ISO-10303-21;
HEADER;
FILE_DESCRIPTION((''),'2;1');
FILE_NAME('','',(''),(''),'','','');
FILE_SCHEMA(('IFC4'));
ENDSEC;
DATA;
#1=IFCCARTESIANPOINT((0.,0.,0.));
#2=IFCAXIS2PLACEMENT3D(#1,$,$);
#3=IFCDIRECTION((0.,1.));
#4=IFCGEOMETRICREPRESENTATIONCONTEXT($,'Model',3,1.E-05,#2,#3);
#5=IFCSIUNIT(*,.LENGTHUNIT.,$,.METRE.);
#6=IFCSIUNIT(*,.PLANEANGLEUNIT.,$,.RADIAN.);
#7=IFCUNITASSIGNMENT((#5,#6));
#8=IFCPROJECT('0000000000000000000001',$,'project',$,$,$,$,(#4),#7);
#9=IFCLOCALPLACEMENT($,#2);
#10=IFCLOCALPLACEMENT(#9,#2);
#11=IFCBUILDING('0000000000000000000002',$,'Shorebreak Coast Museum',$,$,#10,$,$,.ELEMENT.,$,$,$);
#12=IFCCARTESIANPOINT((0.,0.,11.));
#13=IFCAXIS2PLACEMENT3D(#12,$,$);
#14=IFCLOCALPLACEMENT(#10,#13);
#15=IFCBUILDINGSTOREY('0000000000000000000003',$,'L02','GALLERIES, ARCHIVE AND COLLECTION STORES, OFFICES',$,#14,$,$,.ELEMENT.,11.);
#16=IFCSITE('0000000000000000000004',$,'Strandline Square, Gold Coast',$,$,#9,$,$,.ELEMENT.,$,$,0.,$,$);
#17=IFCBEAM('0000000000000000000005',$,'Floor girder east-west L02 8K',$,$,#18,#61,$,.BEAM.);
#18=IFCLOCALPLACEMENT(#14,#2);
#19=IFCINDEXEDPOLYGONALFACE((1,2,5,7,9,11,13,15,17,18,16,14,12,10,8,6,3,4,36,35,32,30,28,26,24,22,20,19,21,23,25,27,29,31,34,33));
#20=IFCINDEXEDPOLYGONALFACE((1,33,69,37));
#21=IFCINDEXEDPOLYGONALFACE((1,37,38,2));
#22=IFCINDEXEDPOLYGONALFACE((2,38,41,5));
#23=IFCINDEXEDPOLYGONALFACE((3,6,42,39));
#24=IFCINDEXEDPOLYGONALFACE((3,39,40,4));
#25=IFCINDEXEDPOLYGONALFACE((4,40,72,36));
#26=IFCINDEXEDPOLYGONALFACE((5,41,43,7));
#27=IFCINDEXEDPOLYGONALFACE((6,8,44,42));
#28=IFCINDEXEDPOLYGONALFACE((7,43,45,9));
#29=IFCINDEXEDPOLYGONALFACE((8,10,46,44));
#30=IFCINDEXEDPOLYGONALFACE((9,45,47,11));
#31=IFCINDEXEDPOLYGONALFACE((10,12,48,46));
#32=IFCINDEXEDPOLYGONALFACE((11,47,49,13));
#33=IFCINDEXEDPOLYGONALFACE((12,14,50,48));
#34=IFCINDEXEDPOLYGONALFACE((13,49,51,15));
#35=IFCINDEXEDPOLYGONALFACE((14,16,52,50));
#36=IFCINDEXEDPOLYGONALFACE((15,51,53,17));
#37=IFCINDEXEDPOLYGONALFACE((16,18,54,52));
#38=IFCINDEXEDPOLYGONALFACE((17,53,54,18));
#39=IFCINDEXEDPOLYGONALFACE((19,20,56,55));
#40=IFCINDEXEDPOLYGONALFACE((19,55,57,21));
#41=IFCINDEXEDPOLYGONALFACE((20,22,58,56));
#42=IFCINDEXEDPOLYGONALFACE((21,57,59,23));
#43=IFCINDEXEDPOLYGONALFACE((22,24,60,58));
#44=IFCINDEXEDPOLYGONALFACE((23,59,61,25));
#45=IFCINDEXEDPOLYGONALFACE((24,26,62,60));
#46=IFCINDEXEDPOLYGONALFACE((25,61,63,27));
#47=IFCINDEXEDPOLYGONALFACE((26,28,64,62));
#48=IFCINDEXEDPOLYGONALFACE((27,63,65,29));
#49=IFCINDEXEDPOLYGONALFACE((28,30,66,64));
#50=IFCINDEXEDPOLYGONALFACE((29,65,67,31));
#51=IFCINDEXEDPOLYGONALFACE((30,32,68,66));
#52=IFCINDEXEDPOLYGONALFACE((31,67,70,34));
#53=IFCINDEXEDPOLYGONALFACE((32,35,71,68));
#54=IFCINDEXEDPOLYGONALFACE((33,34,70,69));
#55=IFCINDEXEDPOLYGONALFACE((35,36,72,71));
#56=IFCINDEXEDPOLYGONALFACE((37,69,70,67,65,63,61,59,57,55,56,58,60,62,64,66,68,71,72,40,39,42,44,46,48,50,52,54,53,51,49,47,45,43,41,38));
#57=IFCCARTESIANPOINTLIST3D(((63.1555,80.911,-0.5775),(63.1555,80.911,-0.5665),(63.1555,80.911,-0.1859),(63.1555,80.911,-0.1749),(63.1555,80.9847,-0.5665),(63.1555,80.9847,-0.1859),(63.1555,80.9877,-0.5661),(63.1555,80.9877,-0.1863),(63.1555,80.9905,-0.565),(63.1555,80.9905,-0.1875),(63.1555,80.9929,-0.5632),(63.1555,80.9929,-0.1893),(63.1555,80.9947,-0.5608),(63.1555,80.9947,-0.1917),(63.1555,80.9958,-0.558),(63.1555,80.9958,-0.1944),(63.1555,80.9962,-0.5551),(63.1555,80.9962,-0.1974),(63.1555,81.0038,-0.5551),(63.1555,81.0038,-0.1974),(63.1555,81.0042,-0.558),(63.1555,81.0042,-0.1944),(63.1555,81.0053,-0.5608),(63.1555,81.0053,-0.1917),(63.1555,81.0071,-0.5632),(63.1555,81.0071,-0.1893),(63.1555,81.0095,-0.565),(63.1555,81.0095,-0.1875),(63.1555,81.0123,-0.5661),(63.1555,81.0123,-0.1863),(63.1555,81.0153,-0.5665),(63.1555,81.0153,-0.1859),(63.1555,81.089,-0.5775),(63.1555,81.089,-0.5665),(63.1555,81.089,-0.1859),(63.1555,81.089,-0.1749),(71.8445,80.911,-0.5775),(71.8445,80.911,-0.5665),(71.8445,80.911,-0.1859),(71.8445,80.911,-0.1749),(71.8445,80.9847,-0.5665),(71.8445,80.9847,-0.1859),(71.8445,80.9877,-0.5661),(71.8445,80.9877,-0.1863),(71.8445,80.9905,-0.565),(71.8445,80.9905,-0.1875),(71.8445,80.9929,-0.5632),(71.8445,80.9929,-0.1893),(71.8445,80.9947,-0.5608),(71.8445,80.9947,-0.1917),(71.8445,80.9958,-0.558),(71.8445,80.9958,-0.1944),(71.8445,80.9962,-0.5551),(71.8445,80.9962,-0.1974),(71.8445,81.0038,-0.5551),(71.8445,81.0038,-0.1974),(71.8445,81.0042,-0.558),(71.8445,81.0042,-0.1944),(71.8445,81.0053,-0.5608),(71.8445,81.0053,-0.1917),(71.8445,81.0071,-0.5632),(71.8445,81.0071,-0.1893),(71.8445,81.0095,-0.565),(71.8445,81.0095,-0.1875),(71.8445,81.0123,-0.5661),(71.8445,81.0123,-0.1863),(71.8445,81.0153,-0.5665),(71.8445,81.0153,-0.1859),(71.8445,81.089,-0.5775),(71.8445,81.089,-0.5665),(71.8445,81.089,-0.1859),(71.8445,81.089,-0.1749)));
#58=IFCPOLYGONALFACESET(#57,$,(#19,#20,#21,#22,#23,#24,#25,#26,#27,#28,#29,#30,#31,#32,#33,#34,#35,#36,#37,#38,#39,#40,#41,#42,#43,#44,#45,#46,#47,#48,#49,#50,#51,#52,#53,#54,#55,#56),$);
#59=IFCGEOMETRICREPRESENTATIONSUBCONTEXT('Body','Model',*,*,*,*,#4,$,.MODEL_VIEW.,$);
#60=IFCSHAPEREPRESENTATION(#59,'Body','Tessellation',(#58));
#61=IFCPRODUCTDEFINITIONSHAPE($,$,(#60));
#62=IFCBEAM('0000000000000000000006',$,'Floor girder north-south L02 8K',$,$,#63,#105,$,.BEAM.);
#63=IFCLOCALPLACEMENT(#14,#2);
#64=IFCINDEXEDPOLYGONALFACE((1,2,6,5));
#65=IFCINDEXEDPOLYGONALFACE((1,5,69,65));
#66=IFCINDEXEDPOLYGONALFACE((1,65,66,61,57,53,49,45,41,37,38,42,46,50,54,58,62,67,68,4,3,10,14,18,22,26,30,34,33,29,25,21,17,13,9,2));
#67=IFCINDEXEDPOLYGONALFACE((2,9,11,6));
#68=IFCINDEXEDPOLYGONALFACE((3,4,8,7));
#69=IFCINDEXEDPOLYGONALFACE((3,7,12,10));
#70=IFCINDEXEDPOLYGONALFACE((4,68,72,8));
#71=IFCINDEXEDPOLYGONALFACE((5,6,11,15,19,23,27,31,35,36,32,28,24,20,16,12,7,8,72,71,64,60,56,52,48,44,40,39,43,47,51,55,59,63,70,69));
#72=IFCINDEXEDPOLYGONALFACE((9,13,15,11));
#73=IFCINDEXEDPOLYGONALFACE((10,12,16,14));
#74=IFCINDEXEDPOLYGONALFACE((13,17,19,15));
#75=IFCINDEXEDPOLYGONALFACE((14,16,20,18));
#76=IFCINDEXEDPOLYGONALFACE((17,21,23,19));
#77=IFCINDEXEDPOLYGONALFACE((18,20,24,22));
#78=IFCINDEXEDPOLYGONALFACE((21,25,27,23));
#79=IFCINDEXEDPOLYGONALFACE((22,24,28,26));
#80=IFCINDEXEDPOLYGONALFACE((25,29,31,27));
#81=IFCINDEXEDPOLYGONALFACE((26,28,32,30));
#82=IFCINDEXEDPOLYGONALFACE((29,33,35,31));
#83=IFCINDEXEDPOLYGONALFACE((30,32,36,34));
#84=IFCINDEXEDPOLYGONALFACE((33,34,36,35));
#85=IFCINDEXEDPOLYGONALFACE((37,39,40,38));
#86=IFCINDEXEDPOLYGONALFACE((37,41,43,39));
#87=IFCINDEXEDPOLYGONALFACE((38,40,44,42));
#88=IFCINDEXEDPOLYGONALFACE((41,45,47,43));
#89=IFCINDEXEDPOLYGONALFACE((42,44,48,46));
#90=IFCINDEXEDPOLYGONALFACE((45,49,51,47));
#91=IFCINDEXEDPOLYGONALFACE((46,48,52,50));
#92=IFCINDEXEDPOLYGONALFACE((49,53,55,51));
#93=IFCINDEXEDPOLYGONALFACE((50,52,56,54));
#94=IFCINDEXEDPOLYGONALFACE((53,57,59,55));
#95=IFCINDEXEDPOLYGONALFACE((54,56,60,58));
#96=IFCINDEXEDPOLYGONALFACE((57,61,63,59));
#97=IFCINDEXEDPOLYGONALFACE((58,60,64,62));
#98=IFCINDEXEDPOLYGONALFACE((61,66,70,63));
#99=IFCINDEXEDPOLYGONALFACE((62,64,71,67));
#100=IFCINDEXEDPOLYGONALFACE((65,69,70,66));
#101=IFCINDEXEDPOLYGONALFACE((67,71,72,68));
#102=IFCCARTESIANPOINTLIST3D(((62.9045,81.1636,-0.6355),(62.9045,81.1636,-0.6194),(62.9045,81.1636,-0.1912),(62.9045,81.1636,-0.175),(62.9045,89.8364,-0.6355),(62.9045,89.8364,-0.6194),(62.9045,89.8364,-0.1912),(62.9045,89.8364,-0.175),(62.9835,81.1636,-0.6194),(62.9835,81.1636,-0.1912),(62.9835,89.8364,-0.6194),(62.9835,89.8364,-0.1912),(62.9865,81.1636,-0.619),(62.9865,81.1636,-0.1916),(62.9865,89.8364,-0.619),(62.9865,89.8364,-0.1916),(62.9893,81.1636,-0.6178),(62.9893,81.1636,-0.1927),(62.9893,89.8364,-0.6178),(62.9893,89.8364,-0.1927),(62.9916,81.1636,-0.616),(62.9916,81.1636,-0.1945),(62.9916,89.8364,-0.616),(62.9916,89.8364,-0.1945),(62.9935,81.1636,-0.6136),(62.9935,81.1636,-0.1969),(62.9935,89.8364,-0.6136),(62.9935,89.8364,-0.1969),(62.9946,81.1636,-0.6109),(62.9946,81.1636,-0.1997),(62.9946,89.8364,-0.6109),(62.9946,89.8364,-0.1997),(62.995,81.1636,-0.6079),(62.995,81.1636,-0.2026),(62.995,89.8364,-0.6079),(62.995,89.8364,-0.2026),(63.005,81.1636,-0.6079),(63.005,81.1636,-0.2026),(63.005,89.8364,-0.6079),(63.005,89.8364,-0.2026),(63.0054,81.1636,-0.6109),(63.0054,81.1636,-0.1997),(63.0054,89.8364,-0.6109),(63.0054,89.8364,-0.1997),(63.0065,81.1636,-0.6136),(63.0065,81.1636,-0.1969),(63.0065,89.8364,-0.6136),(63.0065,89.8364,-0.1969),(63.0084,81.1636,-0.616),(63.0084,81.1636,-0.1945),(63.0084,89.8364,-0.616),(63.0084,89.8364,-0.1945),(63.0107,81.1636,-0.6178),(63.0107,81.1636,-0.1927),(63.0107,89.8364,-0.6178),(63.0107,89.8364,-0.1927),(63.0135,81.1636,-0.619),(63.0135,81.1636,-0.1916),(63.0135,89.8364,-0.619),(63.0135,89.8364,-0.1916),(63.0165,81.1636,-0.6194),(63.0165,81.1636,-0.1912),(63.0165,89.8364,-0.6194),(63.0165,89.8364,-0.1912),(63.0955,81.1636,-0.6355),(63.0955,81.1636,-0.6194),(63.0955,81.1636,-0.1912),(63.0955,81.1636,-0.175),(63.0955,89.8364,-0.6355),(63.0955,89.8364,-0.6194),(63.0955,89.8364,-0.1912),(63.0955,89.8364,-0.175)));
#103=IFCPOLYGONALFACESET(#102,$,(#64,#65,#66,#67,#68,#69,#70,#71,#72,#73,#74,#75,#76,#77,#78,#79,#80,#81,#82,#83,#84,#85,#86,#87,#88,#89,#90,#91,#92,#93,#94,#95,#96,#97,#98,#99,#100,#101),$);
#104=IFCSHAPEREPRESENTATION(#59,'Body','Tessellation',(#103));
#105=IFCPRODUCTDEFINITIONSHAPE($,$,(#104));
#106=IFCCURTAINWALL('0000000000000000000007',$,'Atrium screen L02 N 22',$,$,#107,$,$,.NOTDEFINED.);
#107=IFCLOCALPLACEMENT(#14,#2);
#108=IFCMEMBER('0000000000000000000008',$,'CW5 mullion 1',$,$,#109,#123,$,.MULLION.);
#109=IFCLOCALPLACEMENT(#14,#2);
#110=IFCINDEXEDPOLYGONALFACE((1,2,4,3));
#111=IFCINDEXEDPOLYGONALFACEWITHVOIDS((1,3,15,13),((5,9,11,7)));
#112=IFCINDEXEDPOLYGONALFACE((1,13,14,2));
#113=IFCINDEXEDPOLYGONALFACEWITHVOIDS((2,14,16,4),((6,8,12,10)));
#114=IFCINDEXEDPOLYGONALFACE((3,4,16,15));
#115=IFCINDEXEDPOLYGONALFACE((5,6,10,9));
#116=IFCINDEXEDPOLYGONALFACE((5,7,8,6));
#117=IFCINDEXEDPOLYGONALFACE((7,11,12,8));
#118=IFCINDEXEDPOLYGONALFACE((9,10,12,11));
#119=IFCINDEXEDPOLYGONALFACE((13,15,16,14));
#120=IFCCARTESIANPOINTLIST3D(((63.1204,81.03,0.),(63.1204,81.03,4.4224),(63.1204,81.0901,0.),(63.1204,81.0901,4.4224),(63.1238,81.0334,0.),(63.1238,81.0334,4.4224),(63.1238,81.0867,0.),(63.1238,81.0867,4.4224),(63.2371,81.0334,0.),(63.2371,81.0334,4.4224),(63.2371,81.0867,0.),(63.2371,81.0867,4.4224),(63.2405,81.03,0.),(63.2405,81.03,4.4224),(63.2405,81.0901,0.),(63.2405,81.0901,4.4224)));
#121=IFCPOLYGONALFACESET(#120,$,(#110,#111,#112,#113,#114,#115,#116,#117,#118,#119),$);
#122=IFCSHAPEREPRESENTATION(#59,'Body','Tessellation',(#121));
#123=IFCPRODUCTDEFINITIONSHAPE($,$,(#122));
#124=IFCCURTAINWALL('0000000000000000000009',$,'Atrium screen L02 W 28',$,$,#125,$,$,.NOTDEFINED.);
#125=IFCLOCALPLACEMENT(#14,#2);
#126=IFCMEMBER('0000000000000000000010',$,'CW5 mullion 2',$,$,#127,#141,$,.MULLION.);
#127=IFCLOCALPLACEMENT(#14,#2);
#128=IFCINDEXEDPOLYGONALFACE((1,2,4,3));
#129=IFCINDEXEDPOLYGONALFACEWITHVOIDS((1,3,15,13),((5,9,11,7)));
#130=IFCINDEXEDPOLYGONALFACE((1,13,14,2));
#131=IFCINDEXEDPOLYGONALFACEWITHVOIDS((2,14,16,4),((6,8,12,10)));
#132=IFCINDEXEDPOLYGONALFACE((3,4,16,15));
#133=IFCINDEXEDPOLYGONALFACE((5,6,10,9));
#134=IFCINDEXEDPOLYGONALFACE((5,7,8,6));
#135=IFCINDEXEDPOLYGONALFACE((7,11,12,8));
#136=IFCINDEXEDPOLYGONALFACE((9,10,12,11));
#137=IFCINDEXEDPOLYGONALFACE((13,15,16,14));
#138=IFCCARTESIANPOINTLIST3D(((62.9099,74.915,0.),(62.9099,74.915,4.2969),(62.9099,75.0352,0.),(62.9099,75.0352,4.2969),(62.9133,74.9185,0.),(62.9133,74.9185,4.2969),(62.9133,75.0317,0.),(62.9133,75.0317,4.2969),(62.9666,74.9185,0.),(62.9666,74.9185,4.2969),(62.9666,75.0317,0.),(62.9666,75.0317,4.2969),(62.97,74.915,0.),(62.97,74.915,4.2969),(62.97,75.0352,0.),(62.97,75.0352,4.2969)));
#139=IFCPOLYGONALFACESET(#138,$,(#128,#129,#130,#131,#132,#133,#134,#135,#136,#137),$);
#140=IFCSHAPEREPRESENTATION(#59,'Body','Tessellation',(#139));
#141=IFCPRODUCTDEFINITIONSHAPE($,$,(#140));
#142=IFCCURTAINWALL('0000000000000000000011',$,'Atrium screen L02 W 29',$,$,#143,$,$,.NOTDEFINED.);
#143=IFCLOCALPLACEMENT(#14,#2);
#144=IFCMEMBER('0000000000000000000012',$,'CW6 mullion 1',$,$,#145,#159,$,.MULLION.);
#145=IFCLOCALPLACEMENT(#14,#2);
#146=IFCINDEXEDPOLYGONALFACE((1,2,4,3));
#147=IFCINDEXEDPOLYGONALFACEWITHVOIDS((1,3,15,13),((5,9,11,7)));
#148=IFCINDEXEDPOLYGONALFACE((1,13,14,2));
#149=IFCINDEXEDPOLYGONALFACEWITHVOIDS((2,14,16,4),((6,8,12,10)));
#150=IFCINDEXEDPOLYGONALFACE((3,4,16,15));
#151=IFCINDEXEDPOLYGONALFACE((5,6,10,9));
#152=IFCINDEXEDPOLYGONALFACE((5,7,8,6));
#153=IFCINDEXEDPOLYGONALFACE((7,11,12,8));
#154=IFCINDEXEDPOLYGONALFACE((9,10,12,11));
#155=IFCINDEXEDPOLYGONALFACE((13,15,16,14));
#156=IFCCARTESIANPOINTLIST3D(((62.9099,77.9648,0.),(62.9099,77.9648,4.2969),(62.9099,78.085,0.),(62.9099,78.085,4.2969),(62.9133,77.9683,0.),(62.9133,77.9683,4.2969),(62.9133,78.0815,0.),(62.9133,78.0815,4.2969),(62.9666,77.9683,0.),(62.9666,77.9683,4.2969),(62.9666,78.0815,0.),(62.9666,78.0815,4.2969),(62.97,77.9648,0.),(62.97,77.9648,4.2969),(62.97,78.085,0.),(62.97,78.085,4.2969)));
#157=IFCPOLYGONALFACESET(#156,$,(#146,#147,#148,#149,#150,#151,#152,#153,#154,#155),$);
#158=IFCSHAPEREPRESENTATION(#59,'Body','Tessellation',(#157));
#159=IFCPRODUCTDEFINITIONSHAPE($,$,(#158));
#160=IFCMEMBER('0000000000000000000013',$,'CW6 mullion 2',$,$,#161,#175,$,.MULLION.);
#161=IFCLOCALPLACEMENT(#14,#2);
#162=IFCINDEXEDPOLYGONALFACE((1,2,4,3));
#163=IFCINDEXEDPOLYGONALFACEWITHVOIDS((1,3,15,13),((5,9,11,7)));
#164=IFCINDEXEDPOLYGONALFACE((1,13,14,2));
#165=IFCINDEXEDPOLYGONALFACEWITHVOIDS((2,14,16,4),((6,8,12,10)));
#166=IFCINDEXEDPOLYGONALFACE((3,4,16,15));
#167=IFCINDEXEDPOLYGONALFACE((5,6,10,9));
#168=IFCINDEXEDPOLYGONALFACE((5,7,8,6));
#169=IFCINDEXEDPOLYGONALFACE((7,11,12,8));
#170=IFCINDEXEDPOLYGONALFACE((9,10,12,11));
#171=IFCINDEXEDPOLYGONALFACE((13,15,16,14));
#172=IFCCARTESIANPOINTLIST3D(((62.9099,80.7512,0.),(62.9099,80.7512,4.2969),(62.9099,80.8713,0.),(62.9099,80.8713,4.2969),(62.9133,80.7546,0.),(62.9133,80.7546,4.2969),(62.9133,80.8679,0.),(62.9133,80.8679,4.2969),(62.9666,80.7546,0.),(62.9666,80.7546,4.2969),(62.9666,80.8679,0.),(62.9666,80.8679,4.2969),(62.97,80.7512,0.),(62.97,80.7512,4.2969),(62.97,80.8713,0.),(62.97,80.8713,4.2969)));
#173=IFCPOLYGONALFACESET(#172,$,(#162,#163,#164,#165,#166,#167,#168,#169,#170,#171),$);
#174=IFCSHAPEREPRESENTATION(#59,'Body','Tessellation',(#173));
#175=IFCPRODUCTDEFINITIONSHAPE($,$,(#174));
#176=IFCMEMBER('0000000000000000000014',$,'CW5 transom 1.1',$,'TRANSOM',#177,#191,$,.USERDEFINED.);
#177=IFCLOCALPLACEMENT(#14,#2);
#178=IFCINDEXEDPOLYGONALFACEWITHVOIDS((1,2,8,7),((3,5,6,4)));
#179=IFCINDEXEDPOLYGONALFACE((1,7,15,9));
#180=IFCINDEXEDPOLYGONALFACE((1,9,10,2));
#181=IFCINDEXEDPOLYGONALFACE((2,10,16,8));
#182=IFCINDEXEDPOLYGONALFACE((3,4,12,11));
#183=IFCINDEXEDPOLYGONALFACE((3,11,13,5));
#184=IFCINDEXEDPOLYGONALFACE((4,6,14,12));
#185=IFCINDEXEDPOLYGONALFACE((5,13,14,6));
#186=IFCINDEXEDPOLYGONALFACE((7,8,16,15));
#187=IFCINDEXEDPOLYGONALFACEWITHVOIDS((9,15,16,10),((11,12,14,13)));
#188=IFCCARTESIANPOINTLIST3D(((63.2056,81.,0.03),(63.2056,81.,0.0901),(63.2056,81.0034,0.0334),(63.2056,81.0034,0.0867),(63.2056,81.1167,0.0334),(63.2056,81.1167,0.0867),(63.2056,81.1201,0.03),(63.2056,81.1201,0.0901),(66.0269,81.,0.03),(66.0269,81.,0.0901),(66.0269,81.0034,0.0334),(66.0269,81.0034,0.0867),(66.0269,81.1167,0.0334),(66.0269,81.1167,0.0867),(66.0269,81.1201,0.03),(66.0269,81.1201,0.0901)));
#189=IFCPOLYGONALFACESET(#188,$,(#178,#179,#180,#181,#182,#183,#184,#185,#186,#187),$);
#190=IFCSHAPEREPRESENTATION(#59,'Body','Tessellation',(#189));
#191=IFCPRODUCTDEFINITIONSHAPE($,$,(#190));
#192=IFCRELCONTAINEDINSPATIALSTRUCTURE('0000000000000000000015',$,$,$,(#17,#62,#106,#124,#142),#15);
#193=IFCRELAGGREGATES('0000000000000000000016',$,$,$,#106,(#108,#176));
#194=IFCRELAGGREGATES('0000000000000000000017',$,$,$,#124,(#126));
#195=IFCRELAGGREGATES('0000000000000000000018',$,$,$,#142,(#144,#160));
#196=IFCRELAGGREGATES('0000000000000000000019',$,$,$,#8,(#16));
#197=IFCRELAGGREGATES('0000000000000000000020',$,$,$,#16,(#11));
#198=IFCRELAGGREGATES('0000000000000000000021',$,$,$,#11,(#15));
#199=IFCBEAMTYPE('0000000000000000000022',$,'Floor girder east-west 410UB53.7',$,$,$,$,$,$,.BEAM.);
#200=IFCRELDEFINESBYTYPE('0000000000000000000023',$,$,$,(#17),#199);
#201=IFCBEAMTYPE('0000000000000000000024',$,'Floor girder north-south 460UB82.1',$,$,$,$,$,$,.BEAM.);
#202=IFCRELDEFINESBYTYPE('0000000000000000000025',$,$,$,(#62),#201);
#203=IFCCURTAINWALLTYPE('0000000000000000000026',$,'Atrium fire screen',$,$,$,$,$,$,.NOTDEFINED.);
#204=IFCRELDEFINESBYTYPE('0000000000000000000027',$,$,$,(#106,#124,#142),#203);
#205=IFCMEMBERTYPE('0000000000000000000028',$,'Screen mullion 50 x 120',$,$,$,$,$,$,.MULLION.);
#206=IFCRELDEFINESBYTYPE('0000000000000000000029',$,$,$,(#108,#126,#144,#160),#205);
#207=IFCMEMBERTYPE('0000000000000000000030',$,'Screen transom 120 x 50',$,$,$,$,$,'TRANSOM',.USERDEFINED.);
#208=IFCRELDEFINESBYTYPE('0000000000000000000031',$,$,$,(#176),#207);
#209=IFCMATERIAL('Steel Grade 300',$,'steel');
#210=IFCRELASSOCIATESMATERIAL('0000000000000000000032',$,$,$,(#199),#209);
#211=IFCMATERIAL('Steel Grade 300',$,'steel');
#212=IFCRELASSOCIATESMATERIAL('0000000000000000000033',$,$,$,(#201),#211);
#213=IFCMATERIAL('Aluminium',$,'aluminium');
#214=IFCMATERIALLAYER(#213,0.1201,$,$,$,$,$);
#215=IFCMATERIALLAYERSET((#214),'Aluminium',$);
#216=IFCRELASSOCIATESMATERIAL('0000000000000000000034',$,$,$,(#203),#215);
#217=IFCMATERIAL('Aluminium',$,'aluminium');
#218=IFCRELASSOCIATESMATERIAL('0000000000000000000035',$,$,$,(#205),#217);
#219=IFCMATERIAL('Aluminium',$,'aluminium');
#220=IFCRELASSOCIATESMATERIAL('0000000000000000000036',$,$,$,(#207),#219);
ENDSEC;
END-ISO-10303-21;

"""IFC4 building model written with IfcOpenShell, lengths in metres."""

from ifc_helpers import new_model, si_unit, direction, frame, origin, origin_2d, place, context, subcontext, project, spatial, hollow_rectangle, i_section, extrude, material, layer, layer_set, material_profile, profile_set, type_object, element, aggregate, save


model = new_model("IFC4")

# Units and contexts
model_context = context("Model", 3, precision=1e-05, world=origin(), true_north=direction((0.0, 1.0)))
body_context = subcontext(model_context, "Body", "Model", "MODEL_VIEW")
ifc_project = project(units=[si_unit("LENGTHUNIT", "METRE"), si_unit("PLANEANGLEUNIT", "RADIAN")], contexts=[model_context])

# Site, building, storey
site_placement = place(None, origin())
site = spatial("IfcSite", under=ifc_project, at=site_placement, Name="Strandline Square, Gold Coast", CompositionType="ELEMENT", RefElevation=0.0)
building_placement = place(site_placement, origin())
building = spatial("IfcBuilding", under=site, at=building_placement, Name="Shorebreak Coast Museum", CompositionType="ELEMENT")
storey_placement = place(building_placement, frame((0.0, 0.0, 11.0)))
storey = spatial("IfcBuildingStorey", under=building, at=storey_placement, Name="L02", Description="GALLERIES, ARCHIVE AND COLLECTION STORES, OFFICES", CompositionType="ELEMENT", Elevation=11.0)

# Beams
ifc_material_1 = material(Name="Steel Grade 300", Category="steel")
ifc_material_profile_1 = material_profile(ifc_material_1, i_section(OverallWidth=0.178, OverallDepth=0.4026, WebThickness=0.0076, FlangeThickness=0.011, FilletRadius=0.0115, at=origin_2d()), Name="410UB53.7")
ifc_profile_set_1 = profile_set([ifc_material_profile_1], Name="Steel Grade 300")
beam_type_1 = type_object("IfcBeamType", Name="Floor girder east-west 410UB53.7", PredefinedType="BEAM", material=ifc_profile_set_1)
beam_1_placement = place(storey_placement, frame((63.1555, 81.0, -0.3762), z_axis=(1.0, 0.0, 0.0), x_axis=(0.0, 1.0, 0.0)))
element("IfcBeam", 1, at=beam_1_placement, inside=storey, type_object=beam_type_1, Name="Floor girder east-west L02 8K", PredefinedType="BEAM", context=body_context, shape_type="SweptSolid", body=[
    extrude(i_section(OverallWidth=0.178, OverallDepth=0.4026, WebThickness=0.0076, FlangeThickness=0.011, FilletRadius=0.0115, at=origin_2d()), origin(), (0.0, 0.0, 1.0), 8.689),
])
ifc_material_2 = material(Name="Steel Grade 300", Category="steel")
ifc_material_profile_2 = material_profile(ifc_material_2, i_section(OverallWidth=0.1909, OverallDepth=0.4604, WebThickness=0.01, FlangeThickness=0.0161, FilletRadius=0.0115, at=origin_2d()), Name="460UB82.1")
ifc_profile_set_2 = profile_set([ifc_material_profile_2], Name="Steel Grade 300")
beam_type_2 = type_object("IfcBeamType", Name="Floor girder north-south 460UB82.1", PredefinedType="BEAM", material=ifc_profile_set_2)
beam_2_placement = place(storey_placement, frame((63.0, 81.1636, -0.4053), z_axis=(0.0, 1.0, 0.0), x_axis=(-1.0, 0.0, 0.0)))
element("IfcBeam", 2, at=beam_2_placement, inside=storey, type_object=beam_type_2, Name="Floor girder north-south L02 8K", PredefinedType="BEAM", context=body_context, shape_type="SweptSolid", body=[
    extrude(i_section(OverallWidth=0.1909, OverallDepth=0.4604, WebThickness=0.01, FlangeThickness=0.0161, FilletRadius=0.0115, at=origin_2d()), origin(), (0.0, 0.0, 1.0), 8.6729),
])

# Curtain walls, members
ifc_material_3 = material(Name="Aluminium", Category="aluminium")
ifc_layer_1 = layer(ifc_material_3, 0.1201)
ifc_layer_set_1 = layer_set([ifc_layer_1], Name="Aluminium")
curtain_wall_type = type_object("IfcCurtainWallType", Name="Atrium fire screen", PredefinedType="NOTDEFINED", material=ifc_layer_set_1)
curtain_wall_1_placement = place(storey_placement, origin())
curtain_wall_1 = element("IfcCurtainWall", 3, at=curtain_wall_1_placement, inside=storey, type_object=curtain_wall_type, Name="Atrium screen L02 N 22", PredefinedType="NOTDEFINED")
ifc_material_4 = material(Name="Aluminium", Category="aluminium")
ifc_material_profile_3 = material_profile(ifc_material_4, hollow_rectangle(XDim=0.0601, YDim=0.1201, WallThickness=0.0034, at=origin_2d()), Name="AL 120x60 RHS")
ifc_profile_set_3 = profile_set([ifc_material_profile_3], Name="Aluminium")
member_type_1 = type_object("IfcMemberType", Name="Screen mullion 50 x 120", PredefinedType="MULLION", material=ifc_profile_set_3)
member_1_placement = place(storey_placement, frame((63.1804, 81.0601, 0.0), z_axis=(0.0, 0.0, 1.0), x_axis=(0.0, 1.0, 0.0)))
member_1 = element("IfcMember", 4, at=member_1_placement, type_object=member_type_1, Name="CW5 mullion 1", PredefinedType="MULLION", context=body_context, shape_type="SweptSolid", body=[
    extrude(hollow_rectangle(XDim=0.0601, YDim=0.1201, WallThickness=0.0034, at=origin_2d()), origin(), (0.0, 0.0, 1.0), 4.4224),
])
curtain_wall_2_placement = place(storey_placement, origin())
curtain_wall_2 = element("IfcCurtainWall", 5, at=curtain_wall_2_placement, inside=storey, type_object=curtain_wall_type, Name="Atrium screen L02 W 28", PredefinedType="NOTDEFINED")
member_2_placement = place(storey_placement, frame((62.9399, 74.9751, 0.0), z_axis=(0.0, 0.0, 1.0), x_axis=(-1.0, 0.0, 0.0)))
member_2 = element("IfcMember", 6, at=member_2_placement, type_object=member_type_1, Name="CW5 mullion 2", PredefinedType="MULLION", context=body_context, shape_type="SweptSolid", body=[
    extrude(hollow_rectangle(XDim=0.0601, YDim=0.1201, WallThickness=0.0034, at=origin_2d()), origin(), (0.0, 0.0, 1.0), 4.2969),
])

# Curtain wall, members
curtain_wall_3_placement = place(storey_placement, origin())
curtain_wall_3 = element("IfcCurtainWall", 7, at=curtain_wall_3_placement, inside=storey, type_object=curtain_wall_type, Name="Atrium screen L02 W 29", PredefinedType="NOTDEFINED")
member_3_placement = place(storey_placement, frame((62.9399, 78.0249, 0.0), z_axis=(0.0, 0.0, 1.0), x_axis=(-1.0, 0.0, 0.0)))
member_3 = element("IfcMember", 8, at=member_3_placement, type_object=member_type_1, Name="CW6 mullion 1", PredefinedType="MULLION", context=body_context, shape_type="SweptSolid", body=[
    extrude(hollow_rectangle(XDim=0.0601, YDim=0.1201, WallThickness=0.0034, at=origin_2d()), origin(), (0.0, 0.0, 1.0), 4.2969),
])
member_4_placement = place(storey_placement, frame((62.9399, 80.8113, 0.0), z_axis=(0.0, 0.0, 1.0), x_axis=(-1.0, 0.0, 0.0)))
member_4 = element("IfcMember", 9, at=member_4_placement, type_object=member_type_1, Name="CW6 mullion 2", PredefinedType="MULLION", context=body_context, shape_type="SweptSolid", body=[
    extrude(hollow_rectangle(XDim=0.0601, YDim=0.1201, WallThickness=0.0034, at=origin_2d()), origin(), (0.0, 0.0, 1.0), 4.2969),
])

# Member
ifc_material_5 = material(Name="Aluminium", Category="aluminium")
ifc_material_profile_4 = material_profile(ifc_material_5, hollow_rectangle(XDim=0.1201, YDim=0.0601, WallThickness=0.0034, at=origin_2d()), Name="AL 60x120 RHS")
ifc_profile_set_4 = profile_set([ifc_material_profile_4], Name="Aluminium")
member_type_2 = type_object("IfcMemberType", Name="Screen transom 120 x 50", ElementType="TRANSOM", PredefinedType="USERDEFINED", material=ifc_profile_set_4)
member_5_placement = place(storey_placement, frame((63.2056, 81.0601, 0.0601), z_axis=(1.0, 0.0, 0.0), x_axis=(0.0, 1.0, 0.0)))
member_5 = element("IfcMember", 10, at=member_5_placement, type_object=member_type_2, Name="CW5 transom 1.1", ObjectType="TRANSOM", PredefinedType="USERDEFINED", context=body_context, shape_type="SweptSolid", body=[
    extrude(hollow_rectangle(XDim=0.1201, YDim=0.0601, WallThickness=0.0034, at=origin_2d()), origin(), (0.0, 0.0, 1.0), 2.8213),
])

aggregate(curtain_wall_1, [member_1, member_5])
aggregate(curtain_wall_2, [member_2])
aggregate(curtain_wall_3, [member_3, member_4])

save(model, "model.ifc")
